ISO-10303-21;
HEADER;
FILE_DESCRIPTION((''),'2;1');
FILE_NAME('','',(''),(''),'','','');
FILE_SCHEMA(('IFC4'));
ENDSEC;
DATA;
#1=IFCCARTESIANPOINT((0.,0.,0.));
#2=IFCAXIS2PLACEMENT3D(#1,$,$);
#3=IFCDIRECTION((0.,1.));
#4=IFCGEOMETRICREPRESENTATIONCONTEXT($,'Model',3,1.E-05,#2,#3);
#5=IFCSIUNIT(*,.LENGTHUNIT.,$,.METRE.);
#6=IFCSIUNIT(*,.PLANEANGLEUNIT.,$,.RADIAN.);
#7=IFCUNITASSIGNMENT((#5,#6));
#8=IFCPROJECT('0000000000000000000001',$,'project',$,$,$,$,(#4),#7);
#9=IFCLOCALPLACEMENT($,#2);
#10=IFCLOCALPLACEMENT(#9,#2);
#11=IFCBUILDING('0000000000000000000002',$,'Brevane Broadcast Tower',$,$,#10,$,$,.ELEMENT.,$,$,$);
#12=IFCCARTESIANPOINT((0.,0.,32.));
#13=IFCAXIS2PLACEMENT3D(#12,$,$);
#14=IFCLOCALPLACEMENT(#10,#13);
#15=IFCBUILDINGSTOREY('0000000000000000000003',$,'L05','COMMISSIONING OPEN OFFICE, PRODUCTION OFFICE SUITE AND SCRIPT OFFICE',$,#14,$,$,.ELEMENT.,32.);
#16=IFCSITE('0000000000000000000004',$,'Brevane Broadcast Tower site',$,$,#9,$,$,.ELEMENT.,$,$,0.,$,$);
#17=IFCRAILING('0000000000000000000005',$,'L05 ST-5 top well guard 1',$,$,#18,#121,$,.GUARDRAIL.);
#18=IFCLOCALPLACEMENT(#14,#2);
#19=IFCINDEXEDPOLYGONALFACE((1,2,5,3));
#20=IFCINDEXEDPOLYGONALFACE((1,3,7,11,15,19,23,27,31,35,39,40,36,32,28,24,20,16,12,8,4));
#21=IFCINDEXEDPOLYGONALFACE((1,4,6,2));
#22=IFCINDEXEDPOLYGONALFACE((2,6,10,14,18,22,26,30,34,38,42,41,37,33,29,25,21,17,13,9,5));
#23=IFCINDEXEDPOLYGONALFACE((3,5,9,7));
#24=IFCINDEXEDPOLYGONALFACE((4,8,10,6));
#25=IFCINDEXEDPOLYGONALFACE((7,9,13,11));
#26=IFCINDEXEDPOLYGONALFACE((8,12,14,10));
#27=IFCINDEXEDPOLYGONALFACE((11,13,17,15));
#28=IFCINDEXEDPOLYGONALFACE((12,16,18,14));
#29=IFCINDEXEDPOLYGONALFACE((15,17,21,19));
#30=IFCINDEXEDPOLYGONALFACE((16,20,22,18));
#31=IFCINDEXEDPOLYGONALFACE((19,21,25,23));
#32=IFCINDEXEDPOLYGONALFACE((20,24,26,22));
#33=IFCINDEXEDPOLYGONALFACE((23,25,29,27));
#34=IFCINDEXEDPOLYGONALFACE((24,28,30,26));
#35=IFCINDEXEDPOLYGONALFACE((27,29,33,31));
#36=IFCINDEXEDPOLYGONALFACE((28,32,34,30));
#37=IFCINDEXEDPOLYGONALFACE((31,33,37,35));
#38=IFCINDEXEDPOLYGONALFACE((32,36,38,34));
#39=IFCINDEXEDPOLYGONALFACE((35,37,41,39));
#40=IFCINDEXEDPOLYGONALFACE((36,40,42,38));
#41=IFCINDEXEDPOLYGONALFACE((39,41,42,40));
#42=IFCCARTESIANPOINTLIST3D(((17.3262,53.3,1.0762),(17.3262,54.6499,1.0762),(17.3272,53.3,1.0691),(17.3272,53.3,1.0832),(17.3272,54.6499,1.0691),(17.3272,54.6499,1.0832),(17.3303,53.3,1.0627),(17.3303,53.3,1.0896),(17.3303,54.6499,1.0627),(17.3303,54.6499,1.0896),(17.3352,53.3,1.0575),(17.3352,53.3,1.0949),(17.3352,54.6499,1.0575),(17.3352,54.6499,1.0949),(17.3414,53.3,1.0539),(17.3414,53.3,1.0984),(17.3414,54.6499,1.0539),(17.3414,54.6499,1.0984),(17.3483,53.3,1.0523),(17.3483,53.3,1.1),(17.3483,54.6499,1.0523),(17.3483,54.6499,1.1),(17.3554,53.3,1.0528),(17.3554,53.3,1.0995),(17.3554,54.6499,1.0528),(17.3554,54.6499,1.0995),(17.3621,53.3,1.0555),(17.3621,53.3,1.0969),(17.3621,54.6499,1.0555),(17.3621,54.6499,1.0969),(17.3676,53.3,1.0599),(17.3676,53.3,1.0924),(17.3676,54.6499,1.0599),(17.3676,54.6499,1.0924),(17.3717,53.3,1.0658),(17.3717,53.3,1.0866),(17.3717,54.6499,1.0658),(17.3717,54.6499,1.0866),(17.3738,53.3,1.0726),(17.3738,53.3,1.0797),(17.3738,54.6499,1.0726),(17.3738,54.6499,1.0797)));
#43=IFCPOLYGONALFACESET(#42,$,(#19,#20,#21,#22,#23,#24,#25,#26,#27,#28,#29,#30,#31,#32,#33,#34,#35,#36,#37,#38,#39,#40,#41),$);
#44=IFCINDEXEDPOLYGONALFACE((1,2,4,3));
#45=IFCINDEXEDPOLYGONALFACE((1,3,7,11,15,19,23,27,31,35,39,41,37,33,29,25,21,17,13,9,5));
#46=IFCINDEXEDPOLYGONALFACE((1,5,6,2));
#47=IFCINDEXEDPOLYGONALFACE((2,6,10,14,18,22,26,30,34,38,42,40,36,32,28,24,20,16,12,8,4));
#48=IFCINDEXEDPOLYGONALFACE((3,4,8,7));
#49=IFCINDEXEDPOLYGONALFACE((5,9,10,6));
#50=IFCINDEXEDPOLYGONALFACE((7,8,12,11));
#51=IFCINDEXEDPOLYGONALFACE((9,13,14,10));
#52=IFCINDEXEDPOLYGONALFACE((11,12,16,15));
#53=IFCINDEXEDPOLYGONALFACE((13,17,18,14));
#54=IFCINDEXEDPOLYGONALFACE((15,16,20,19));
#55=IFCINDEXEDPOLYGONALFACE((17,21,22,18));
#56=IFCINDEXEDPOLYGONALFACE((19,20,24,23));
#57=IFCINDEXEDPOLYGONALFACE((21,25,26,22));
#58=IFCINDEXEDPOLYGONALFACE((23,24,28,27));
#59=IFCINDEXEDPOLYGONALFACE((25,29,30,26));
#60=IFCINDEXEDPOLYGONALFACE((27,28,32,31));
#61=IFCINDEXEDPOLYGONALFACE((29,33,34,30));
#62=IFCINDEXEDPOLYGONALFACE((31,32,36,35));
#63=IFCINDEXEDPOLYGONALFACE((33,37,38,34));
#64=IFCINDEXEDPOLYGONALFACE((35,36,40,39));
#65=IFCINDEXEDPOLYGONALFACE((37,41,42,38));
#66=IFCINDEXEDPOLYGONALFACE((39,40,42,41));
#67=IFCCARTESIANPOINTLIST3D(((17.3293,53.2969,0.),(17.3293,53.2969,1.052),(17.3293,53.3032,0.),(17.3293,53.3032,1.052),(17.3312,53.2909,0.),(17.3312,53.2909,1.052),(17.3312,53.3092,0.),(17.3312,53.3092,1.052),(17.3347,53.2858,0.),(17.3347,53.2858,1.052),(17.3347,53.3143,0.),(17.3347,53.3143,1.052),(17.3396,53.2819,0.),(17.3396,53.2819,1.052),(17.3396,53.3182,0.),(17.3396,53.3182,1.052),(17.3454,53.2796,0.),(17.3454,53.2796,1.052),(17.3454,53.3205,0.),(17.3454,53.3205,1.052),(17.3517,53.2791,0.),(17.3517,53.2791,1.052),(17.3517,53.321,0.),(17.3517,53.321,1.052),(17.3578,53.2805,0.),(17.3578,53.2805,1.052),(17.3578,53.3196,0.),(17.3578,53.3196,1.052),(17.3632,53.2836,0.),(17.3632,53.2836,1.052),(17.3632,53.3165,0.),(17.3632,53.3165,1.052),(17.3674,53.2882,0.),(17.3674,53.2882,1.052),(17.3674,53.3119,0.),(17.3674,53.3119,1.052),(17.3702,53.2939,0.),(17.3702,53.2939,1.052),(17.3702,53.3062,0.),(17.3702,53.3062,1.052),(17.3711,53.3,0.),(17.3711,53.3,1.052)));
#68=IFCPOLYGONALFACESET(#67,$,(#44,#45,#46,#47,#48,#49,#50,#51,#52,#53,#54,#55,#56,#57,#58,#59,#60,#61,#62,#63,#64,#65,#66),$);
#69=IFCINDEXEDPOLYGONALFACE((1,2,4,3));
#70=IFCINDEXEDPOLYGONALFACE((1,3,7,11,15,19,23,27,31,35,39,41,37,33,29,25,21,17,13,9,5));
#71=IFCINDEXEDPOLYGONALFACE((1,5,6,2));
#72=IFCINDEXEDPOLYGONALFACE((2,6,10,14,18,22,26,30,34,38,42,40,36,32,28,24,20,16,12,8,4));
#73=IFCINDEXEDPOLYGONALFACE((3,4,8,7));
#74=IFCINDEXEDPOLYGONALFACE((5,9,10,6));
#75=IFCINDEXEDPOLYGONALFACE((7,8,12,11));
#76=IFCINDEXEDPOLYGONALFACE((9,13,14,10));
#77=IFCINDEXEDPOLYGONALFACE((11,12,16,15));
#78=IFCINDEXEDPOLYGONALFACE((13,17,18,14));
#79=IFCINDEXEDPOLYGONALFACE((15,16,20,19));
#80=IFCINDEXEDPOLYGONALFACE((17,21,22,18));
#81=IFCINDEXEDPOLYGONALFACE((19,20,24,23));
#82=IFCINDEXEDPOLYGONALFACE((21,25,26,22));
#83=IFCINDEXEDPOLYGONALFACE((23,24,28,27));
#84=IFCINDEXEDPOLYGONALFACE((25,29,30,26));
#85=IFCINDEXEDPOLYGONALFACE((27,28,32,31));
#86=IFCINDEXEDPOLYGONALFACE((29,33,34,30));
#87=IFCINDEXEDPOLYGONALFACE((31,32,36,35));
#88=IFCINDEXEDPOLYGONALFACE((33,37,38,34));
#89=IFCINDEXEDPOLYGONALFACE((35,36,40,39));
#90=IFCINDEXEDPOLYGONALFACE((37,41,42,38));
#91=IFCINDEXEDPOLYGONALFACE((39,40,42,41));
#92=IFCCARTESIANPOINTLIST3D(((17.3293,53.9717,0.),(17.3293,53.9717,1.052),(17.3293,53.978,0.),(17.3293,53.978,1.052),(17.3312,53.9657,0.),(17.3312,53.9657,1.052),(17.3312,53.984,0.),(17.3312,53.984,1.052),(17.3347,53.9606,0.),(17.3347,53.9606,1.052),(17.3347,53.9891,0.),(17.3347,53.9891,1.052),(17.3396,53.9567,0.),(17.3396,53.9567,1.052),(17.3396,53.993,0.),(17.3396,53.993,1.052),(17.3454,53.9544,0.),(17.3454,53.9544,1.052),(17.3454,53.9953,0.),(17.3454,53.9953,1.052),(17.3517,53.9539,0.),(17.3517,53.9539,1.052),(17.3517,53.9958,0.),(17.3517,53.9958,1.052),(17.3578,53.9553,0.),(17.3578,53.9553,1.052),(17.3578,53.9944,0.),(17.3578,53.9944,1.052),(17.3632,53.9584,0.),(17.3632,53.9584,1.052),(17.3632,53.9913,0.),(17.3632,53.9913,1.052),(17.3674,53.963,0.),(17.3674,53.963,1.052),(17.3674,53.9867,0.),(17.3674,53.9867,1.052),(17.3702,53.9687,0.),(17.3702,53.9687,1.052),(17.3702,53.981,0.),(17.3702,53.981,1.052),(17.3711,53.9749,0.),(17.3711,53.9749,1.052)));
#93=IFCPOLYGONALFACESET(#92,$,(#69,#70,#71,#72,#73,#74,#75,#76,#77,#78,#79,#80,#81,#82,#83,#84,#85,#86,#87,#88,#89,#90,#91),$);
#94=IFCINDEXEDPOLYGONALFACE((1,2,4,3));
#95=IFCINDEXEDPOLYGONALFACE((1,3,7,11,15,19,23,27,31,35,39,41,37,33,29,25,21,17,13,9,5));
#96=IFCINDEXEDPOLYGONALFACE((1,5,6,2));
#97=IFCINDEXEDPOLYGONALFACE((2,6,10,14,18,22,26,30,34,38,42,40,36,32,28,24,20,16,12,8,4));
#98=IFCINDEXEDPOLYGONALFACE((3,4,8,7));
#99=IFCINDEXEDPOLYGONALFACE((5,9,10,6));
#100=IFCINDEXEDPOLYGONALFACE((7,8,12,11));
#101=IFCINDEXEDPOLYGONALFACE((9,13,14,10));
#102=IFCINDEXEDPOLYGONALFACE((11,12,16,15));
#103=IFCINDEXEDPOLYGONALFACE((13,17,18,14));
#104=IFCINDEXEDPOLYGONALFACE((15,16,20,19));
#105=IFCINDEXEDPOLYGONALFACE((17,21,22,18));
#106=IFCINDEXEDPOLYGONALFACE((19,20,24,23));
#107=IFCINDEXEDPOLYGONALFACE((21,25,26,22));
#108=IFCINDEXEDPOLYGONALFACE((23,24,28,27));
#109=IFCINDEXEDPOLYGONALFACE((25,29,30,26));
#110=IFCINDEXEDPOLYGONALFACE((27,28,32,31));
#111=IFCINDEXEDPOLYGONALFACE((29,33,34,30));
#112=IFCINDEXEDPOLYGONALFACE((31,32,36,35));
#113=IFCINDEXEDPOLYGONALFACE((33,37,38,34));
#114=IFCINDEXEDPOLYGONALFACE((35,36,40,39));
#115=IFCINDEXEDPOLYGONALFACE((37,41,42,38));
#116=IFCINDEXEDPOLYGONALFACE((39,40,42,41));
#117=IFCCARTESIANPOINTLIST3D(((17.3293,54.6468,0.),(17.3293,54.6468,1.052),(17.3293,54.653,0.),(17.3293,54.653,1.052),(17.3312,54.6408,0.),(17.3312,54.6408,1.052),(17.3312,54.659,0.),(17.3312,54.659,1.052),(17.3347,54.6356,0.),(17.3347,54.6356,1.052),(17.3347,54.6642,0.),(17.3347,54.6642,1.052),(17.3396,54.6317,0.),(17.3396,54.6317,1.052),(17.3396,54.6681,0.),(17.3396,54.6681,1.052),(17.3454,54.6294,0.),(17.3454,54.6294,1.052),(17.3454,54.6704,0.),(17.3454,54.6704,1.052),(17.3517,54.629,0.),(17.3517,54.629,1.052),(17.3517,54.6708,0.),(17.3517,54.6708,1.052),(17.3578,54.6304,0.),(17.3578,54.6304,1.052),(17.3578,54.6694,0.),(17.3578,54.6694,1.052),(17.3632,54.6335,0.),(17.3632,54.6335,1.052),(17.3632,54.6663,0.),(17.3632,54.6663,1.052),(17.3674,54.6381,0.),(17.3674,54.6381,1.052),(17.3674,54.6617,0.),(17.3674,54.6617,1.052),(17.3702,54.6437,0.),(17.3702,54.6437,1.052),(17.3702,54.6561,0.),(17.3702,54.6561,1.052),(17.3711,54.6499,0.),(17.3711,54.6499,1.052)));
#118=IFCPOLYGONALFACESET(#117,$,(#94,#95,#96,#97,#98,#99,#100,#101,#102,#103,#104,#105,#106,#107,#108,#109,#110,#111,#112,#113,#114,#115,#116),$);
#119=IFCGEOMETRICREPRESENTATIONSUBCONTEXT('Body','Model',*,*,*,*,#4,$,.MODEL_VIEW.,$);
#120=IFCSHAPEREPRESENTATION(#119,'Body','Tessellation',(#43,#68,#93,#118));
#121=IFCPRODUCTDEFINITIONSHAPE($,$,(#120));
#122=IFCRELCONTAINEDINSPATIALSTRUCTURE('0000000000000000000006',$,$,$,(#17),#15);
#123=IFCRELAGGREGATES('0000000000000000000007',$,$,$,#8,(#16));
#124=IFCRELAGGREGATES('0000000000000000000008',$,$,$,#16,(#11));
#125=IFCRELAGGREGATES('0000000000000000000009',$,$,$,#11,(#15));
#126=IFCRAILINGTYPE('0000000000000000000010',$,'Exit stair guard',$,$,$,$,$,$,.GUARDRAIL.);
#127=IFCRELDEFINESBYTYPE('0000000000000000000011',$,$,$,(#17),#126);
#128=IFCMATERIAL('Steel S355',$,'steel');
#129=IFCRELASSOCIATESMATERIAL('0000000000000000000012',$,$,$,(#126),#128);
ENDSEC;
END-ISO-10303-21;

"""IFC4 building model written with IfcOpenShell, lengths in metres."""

from ifc_helpers import new_model, si_unit, direction, frame, origin, origin_2d, place, context, subcontext, project, spatial, circle, extrude, material, type_object, element, save


model = new_model("IFC4")

# Units and contexts
model_context = context("Model", 3, precision=1e-05, world=origin(), true_north=direction((0.0, 1.0)))
body_context = subcontext(model_context, "Body", "Model", "MODEL_VIEW")
ifc_project = project(units=[si_unit("LENGTHUNIT", "METRE"), si_unit("PLANEANGLEUNIT", "RADIAN")], contexts=[model_context])

# Site, building, storey
site_placement = place(None, origin())
site = spatial("IfcSite", under=ifc_project, at=site_placement, Name="Brevane Broadcast Tower site", CompositionType="ELEMENT", RefElevation=0.0)
building_placement = place(site_placement, origin())
building = spatial("IfcBuilding", under=site, at=building_placement, Name="Brevane Broadcast Tower", CompositionType="ELEMENT")
storey_placement = place(building_placement, frame((0.0, 0.0, 32.0)))
storey = spatial("IfcBuildingStorey", under=building, at=storey_placement, Name="L05", Description="COMMISSIONING OPEN OFFICE, PRODUCTION OFFICE SUITE AND SCRIPT OFFICE", CompositionType="ELEMENT", Elevation=32.0)

# Railing
ifc_material_1 = material(Name="Steel S355", Category="steel")
railing_type_1 = type_object("IfcRailingType", Name="Exit stair guard", PredefinedType="GUARDRAIL", material=ifc_material_1)
railing_1_placement = place(storey_placement, frame((17.3501, 53.3, 0.0)))
element("IfcRailing", 1, at=railing_1_placement, inside=storey, type_object=railing_type_1, Name="L05 ST-5 top well guard 1", PredefinedType="GUARDRAIL", context=body_context, shape_type="SweptSolid", body=[
    extrude(circle(Radius=0.0239, at=origin_2d()), frame((0.0, 0.0, 1.0762), z_axis=(0.0, 1.0, 0.0), x_axis=(-1.0, 0.0, 0.0)), (0.0, 0.0, 1.0), 1.3499),
    extrude(circle(Radius=0.021, at=origin_2d()), origin(), (0.0, 0.0, 1.0), 1.052),
    extrude(circle(Radius=0.021, at=origin_2d()), frame((0.0, 0.6748, 0.0)), (0.0, 0.0, 1.0), 1.052),
    extrude(circle(Radius=0.021, at=origin_2d()), frame((0.0, 1.3499, 0.0)), (0.0, 0.0, 1.0), 1.052),
])

save(model, "model.ifc")
